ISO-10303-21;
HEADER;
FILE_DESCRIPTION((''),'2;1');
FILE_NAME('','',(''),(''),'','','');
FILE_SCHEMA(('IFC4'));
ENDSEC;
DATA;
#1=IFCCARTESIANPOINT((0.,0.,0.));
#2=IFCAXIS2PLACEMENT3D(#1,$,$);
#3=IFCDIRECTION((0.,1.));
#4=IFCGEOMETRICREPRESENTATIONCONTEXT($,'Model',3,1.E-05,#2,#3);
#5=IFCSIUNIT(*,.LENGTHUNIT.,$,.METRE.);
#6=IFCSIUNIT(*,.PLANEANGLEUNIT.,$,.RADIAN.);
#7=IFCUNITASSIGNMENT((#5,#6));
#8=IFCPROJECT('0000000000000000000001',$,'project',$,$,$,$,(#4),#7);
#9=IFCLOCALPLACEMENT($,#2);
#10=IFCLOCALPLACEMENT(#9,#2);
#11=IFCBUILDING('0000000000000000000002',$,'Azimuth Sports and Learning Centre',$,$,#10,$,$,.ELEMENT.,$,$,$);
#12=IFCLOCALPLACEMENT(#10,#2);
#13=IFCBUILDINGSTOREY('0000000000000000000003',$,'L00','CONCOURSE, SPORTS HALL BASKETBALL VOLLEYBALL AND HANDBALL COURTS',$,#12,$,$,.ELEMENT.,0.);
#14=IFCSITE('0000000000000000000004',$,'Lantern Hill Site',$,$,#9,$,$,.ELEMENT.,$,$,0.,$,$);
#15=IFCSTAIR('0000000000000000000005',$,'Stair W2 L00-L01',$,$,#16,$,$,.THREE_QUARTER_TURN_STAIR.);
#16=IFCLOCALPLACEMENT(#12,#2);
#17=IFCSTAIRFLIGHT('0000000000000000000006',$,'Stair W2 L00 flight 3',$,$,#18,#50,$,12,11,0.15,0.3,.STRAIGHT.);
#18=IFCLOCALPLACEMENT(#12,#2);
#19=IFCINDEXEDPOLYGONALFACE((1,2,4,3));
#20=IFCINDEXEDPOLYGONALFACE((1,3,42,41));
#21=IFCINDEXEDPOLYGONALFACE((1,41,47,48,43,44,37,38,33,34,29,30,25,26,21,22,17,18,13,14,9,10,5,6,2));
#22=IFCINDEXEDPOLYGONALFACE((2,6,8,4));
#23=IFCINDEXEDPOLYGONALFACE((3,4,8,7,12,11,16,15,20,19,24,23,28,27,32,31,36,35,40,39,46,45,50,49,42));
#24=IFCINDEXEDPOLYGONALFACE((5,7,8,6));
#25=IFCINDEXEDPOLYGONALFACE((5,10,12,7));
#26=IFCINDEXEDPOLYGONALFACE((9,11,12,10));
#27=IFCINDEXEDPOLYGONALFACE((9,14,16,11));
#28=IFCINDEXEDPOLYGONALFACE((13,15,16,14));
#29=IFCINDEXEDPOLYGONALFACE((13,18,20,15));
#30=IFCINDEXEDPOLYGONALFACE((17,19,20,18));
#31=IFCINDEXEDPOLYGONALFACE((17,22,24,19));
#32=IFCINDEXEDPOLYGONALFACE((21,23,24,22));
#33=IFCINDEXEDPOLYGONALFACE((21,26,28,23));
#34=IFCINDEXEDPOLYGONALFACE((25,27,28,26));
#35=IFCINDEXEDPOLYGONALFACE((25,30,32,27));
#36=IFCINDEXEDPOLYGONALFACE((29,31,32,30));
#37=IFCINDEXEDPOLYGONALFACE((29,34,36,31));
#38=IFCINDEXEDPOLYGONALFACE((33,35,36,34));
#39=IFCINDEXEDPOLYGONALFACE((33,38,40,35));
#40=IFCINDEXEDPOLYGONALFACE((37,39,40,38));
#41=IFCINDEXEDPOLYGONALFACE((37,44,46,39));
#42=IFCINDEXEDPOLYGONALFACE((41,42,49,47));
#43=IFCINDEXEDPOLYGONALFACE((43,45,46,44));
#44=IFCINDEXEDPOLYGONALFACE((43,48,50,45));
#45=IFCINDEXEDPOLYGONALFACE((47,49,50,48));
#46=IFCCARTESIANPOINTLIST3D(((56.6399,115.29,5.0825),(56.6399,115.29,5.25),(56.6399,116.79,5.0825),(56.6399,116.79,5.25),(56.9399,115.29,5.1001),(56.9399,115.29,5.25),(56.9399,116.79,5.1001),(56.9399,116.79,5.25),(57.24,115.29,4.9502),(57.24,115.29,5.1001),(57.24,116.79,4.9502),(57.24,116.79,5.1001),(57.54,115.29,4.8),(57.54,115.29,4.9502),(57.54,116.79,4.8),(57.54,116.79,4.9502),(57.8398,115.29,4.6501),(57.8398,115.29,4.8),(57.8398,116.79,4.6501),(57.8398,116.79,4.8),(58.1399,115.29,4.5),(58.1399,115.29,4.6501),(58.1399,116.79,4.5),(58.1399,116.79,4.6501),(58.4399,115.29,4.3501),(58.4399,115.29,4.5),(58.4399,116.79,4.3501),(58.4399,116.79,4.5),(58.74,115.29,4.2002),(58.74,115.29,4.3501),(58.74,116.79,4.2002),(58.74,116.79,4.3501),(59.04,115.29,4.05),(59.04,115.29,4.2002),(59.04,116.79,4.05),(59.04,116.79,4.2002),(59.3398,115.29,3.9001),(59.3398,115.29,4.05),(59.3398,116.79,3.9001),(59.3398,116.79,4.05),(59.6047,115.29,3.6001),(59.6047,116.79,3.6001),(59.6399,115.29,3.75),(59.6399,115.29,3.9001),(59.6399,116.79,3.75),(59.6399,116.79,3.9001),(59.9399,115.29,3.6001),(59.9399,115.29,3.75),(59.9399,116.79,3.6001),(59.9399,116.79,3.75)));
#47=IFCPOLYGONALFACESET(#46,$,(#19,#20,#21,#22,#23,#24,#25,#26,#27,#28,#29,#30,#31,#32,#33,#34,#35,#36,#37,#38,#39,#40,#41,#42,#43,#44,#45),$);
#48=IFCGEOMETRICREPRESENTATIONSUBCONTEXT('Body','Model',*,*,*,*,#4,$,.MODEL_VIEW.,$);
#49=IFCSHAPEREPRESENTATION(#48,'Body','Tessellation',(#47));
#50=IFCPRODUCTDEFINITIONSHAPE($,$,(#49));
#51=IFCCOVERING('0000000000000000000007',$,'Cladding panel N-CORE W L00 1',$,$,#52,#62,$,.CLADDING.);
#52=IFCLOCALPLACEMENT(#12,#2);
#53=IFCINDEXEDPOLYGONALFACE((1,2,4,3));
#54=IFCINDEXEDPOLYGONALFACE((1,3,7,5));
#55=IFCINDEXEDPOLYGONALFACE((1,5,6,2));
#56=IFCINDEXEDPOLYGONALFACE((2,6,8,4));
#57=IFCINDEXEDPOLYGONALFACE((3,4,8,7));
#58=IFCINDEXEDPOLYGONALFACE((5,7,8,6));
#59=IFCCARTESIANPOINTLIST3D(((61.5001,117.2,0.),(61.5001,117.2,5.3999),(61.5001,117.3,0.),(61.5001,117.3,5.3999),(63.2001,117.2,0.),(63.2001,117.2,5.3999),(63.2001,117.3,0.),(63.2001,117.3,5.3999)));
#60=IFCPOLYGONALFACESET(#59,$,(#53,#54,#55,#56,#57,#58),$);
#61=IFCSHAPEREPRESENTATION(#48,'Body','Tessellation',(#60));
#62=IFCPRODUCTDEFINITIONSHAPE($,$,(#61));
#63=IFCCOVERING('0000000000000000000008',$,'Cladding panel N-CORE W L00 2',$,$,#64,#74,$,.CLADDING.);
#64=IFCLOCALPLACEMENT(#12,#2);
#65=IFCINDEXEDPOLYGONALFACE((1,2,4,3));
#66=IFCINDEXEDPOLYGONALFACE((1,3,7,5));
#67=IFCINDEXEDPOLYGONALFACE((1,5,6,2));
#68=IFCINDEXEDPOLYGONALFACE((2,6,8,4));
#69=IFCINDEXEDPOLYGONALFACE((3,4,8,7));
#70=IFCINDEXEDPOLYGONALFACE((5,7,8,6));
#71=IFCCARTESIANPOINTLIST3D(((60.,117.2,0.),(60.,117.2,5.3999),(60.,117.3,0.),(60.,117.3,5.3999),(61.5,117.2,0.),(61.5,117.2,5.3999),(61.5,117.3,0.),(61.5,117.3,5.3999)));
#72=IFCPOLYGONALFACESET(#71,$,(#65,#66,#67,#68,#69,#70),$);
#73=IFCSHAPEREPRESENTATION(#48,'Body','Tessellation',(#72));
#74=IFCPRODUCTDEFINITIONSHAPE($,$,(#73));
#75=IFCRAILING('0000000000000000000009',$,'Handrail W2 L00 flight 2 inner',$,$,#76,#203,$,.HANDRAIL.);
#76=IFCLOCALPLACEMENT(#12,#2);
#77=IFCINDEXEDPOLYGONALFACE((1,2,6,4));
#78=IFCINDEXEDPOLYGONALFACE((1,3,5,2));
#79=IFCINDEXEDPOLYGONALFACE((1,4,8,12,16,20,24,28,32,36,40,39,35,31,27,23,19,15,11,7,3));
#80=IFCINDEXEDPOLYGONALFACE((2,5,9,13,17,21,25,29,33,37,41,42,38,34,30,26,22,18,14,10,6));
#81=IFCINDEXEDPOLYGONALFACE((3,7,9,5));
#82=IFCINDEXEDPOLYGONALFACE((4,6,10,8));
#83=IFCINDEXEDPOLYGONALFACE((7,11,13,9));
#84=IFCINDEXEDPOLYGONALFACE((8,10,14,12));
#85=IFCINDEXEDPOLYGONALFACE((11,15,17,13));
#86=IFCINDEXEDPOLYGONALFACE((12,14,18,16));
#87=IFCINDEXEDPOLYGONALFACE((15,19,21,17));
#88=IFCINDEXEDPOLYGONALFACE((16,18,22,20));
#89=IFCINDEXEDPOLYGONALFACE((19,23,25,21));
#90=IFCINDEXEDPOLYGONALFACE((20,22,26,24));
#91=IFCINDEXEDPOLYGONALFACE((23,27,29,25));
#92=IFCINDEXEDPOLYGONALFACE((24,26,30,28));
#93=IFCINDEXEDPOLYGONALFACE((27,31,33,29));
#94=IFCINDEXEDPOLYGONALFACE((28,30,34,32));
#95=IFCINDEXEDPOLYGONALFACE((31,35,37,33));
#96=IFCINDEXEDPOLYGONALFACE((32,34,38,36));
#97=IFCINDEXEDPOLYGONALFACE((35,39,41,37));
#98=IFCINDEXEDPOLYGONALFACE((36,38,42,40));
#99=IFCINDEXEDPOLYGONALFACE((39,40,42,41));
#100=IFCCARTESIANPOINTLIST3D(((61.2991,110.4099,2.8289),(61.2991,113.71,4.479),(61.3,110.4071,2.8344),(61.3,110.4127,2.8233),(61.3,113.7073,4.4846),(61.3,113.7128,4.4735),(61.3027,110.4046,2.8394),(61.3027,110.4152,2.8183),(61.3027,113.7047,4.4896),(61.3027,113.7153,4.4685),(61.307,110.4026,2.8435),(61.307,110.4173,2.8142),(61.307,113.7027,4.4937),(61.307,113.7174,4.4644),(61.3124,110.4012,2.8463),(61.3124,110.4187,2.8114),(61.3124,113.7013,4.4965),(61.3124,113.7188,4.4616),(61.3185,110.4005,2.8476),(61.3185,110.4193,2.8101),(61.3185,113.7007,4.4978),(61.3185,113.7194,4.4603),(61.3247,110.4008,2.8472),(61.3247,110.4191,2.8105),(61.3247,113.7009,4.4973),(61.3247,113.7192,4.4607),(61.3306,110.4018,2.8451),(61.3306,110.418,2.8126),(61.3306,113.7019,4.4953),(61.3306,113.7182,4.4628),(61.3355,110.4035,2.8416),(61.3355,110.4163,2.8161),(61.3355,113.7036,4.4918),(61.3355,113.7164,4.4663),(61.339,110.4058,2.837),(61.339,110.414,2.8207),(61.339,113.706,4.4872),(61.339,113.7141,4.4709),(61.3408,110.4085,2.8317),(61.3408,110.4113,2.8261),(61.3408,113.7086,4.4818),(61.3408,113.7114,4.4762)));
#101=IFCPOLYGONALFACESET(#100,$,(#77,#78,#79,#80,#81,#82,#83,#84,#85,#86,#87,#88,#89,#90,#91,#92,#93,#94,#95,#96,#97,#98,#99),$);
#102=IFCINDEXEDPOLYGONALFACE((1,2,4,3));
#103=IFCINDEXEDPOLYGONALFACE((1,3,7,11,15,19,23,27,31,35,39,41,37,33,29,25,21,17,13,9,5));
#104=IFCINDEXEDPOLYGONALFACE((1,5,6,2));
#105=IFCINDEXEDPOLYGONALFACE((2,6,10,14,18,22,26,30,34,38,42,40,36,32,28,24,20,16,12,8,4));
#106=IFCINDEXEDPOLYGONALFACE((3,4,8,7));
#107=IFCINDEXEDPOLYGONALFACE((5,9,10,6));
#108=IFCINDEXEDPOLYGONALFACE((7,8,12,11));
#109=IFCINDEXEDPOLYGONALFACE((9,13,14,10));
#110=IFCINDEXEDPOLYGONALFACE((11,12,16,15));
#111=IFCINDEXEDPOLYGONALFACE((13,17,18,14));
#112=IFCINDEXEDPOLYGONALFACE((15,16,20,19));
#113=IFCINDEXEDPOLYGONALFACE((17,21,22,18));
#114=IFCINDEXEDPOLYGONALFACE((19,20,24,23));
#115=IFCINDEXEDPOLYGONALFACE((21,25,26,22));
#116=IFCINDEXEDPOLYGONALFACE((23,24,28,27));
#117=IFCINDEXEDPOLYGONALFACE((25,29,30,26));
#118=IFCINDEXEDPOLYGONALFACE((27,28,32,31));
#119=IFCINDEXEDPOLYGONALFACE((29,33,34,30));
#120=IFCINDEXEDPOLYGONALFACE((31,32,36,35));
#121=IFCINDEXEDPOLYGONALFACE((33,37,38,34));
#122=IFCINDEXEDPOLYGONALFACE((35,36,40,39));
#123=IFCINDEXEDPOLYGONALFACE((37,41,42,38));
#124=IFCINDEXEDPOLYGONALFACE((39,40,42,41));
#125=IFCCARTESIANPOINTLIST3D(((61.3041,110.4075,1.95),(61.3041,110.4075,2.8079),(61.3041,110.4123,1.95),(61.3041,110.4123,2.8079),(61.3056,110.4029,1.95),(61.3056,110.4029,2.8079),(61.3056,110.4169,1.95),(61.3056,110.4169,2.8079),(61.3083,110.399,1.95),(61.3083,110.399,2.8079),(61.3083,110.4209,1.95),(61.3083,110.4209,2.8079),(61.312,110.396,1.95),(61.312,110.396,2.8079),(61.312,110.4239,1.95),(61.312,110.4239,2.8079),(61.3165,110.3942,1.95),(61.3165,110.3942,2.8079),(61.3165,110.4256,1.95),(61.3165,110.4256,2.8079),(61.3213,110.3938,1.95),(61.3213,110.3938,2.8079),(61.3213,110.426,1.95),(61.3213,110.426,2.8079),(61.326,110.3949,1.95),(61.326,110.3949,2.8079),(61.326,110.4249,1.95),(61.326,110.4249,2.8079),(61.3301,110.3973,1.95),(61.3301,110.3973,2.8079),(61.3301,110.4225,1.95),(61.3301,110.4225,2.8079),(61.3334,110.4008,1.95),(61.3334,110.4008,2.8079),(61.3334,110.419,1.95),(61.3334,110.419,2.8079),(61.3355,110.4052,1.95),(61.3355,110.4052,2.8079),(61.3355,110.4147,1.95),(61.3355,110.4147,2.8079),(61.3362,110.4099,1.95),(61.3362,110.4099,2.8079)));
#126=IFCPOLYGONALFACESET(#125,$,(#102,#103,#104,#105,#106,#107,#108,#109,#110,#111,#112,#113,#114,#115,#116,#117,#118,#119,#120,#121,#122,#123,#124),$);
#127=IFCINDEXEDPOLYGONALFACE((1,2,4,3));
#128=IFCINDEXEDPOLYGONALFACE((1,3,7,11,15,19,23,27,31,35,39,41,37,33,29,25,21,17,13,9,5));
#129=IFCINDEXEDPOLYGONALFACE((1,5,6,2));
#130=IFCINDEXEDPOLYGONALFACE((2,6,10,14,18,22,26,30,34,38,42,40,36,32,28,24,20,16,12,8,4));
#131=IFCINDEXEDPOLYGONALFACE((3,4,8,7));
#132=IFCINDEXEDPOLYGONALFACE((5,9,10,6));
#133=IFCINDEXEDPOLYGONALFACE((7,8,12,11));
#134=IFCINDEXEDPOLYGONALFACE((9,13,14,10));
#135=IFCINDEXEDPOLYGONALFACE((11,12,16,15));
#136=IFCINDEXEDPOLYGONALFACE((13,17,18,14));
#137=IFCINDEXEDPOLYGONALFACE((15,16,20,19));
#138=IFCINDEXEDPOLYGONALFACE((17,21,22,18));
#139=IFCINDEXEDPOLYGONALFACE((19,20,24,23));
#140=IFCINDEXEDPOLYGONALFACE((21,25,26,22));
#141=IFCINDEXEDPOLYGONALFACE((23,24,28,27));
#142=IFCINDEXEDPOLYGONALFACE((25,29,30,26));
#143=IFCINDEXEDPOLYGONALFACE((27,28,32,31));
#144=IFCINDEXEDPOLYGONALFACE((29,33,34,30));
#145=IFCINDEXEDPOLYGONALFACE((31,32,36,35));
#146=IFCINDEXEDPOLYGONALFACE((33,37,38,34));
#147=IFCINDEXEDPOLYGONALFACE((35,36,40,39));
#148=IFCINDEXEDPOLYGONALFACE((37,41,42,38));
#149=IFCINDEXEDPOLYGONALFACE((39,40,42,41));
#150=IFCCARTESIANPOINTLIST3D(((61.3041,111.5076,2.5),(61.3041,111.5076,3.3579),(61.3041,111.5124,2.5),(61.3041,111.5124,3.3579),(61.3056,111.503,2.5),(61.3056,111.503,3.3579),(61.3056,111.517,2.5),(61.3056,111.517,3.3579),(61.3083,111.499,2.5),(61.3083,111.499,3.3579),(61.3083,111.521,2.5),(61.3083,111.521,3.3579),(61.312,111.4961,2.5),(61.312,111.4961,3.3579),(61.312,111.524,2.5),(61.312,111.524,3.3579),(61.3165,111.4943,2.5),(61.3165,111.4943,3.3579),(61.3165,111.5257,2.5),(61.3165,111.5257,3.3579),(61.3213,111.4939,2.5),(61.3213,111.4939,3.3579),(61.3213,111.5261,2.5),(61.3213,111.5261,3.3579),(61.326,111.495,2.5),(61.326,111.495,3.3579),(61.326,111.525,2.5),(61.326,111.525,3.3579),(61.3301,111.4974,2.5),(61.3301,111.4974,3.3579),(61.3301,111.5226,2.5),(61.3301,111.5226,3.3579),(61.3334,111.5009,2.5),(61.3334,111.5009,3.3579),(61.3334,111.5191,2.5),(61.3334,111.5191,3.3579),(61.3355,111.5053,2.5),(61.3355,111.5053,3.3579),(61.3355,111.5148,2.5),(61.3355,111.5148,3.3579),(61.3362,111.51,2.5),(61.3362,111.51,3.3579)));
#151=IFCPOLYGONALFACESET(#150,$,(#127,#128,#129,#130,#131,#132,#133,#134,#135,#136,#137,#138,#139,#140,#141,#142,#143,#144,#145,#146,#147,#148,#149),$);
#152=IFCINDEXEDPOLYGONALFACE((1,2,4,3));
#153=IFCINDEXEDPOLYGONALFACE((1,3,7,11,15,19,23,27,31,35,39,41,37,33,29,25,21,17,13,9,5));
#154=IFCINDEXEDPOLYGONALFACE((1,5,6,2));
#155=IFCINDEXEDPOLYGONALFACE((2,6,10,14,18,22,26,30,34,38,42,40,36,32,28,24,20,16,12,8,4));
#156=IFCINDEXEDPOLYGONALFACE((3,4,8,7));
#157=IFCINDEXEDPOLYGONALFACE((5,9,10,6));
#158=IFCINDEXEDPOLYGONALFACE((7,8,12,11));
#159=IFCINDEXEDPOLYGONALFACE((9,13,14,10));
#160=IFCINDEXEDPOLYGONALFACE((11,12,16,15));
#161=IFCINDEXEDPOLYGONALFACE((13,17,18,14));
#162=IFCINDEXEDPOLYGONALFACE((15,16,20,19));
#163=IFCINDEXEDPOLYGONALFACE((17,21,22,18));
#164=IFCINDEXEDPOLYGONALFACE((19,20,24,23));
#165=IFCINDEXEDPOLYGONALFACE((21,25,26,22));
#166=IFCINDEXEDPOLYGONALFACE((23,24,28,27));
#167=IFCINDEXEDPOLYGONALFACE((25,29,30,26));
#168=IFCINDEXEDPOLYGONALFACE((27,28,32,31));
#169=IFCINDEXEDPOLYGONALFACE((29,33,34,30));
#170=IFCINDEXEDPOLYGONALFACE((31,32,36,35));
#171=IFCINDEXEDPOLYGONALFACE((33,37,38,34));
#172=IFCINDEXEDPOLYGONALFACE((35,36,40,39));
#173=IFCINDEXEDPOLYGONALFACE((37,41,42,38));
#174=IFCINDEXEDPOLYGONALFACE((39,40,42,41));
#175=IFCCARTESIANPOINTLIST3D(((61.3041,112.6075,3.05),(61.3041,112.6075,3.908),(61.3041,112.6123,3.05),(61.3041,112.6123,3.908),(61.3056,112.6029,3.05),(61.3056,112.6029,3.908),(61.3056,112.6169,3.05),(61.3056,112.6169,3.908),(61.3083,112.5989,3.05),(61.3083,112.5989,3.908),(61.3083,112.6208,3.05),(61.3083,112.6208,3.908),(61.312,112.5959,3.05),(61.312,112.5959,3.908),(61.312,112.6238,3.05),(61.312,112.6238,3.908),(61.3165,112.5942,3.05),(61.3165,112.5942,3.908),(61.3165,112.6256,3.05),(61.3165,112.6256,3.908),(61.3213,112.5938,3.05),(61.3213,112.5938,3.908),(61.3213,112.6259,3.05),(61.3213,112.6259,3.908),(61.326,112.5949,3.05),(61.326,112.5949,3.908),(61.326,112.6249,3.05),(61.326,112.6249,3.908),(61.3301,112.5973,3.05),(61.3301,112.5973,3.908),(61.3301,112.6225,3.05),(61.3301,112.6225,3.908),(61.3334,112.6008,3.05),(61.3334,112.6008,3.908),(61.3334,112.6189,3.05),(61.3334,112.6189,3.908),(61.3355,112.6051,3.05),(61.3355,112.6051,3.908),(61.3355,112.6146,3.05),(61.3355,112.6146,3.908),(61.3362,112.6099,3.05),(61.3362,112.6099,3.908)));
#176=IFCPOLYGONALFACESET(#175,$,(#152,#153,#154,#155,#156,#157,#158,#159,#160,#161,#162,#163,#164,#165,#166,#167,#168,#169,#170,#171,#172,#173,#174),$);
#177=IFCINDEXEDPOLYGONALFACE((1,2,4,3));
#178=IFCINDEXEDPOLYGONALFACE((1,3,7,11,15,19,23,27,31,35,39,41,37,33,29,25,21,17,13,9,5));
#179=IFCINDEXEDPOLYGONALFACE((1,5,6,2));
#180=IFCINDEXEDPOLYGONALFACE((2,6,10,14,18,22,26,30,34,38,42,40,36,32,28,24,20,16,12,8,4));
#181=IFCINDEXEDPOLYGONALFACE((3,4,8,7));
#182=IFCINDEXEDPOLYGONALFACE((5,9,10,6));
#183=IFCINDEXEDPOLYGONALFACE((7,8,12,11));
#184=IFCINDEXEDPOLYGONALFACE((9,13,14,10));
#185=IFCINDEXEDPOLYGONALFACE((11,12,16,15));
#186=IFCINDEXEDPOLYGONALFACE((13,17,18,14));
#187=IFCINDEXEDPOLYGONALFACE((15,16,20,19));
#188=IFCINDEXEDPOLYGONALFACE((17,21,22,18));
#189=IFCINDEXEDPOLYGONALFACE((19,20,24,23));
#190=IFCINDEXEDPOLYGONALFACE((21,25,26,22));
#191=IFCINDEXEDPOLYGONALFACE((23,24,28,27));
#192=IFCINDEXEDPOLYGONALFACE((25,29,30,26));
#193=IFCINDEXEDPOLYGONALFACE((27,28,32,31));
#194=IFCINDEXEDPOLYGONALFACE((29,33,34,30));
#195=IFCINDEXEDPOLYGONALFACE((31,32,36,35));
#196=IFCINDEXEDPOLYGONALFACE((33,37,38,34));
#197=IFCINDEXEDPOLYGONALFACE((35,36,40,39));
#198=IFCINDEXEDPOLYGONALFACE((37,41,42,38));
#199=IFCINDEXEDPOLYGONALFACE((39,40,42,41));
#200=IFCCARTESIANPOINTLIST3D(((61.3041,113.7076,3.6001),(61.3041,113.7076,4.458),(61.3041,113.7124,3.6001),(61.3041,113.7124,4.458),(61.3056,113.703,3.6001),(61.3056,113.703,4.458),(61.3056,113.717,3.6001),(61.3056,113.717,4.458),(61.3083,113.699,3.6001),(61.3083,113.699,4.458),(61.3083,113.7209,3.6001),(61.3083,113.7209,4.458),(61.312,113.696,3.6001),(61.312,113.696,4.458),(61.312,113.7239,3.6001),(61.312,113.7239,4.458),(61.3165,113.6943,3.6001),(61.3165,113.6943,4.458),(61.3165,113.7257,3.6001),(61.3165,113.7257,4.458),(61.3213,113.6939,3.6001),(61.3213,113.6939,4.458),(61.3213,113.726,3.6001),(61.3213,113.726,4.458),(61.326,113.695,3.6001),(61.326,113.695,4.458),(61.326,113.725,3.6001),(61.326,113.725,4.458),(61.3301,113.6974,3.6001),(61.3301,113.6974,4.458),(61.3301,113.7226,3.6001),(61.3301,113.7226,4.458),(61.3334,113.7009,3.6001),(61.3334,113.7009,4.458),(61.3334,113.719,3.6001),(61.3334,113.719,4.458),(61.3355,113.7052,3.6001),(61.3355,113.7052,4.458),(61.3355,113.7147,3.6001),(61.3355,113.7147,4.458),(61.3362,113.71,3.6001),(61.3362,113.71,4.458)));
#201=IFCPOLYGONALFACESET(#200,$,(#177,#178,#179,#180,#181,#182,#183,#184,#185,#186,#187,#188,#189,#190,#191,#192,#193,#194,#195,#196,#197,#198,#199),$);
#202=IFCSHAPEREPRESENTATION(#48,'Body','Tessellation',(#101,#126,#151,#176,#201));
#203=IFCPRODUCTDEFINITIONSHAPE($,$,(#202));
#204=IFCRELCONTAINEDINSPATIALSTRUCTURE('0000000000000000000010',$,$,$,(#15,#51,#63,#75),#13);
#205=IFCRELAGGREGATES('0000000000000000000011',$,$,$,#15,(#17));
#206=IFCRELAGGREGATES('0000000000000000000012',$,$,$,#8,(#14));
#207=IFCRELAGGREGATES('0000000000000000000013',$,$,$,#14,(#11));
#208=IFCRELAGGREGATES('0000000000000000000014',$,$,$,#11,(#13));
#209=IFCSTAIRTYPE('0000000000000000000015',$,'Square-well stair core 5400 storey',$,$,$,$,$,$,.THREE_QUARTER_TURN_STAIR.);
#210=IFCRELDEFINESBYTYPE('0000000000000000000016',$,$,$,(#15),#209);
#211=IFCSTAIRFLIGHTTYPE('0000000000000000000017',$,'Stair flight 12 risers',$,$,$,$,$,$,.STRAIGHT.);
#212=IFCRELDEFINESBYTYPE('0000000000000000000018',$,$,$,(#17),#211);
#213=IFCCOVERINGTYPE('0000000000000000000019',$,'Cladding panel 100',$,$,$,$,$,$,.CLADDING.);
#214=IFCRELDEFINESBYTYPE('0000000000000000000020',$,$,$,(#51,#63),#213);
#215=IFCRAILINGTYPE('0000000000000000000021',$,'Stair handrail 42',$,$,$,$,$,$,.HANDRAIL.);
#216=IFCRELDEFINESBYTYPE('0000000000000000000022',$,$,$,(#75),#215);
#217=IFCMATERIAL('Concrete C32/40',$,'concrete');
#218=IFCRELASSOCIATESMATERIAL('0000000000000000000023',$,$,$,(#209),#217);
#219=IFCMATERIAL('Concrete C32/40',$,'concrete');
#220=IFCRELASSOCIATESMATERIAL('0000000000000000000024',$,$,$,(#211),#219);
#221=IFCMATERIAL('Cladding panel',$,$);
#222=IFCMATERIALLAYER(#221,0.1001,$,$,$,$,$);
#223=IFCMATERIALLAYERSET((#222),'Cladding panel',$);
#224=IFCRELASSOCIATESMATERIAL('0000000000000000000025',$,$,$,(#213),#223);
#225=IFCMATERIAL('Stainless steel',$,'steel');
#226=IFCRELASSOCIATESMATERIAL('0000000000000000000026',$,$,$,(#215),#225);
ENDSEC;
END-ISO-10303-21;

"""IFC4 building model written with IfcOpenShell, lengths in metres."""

from ifc_helpers import new_model, si_unit, direction, frame, origin, origin_2d, place, context, subcontext, project, spatial, polyline, rectangle, circle, outline, extrude, material, layer, layer_set, type_object, element, aggregate, save


model = new_model("IFC4")

# Units and contexts
model_context = context("Model", 3, precision=1e-05, world=origin(), true_north=direction((0.0, 1.0)))
body_context = subcontext(model_context, "Body", "Model", "MODEL_VIEW")
ifc_project = project(units=[si_unit("LENGTHUNIT", "METRE"), si_unit("PLANEANGLEUNIT", "RADIAN")], contexts=[model_context])

# Site, building, storey
site_placement = place(None, origin())
site = spatial("IfcSite", under=ifc_project, at=site_placement, Name="Lantern Hill Site", CompositionType="ELEMENT", RefElevation=0.0)
building_placement = place(site_placement, origin())
building = spatial("IfcBuilding", under=site, at=building_placement, Name="Azimuth Sports and Learning Centre", CompositionType="ELEMENT")
storey_placement = place(building_placement, origin())
storey = spatial("IfcBuildingStorey", under=building, at=storey_placement, Name="L00", Description="CONCOURSE, SPORTS HALL BASKETBALL VOLLEYBALL AND HANDBALL COURTS", CompositionType="ELEMENT", Elevation=0.0)

# Stair, stair flight
ifc_material_1 = material(Name="Concrete C32/40", Category="concrete")
stair_type = type_object("IfcStairType", Name="Square-well stair core 5400 storey", PredefinedType="THREE_QUARTER_TURN_STAIR", material=ifc_material_1)
stair_placement = place(storey_placement, origin())
stair = element("IfcStair", 1, at=stair_placement, inside=storey, type_object=stair_type, Name="Stair W2 L00-L01", PredefinedType="THREE_QUARTER_TURN_STAIR")
ifc_material_2 = material(Name="Concrete C32/40", Category="concrete")
stair_flight_type = type_object("IfcStairFlightType", Name="Stair flight 12 risers", PredefinedType="STRAIGHT", material=ifc_material_2)
stair_flight_1_placement = place(storey_placement, frame((59.9399, 116.04, 3.6001), z_axis=(0.0, 0.0, 1.0), x_axis=(-1.0, 0.0, 0.0)))
stair_flight_1 = element("IfcStairFlight", 2, at=stair_flight_1_placement, type_object=stair_flight_type, Name="Stair W2 L00 flight 3", NumberOfRisers=12, NumberOfTreads=11, PredefinedType="STRAIGHT", RiserHeight=0.15, TreadLength=0.3, context=body_context, shape_type="SweptSolid", body=[
    extrude(outline(polyline([(0.0, 0.0), (0.0, 0.1499), (0.3, 0.1499), (0.3, 0.3), (0.6001, 0.3), (0.6001, 0.45), (0.8999, 0.45), (0.8999, 0.6001), (1.2, 0.6001), (1.2, 0.75), (1.5, 0.75), (1.5, 0.8999), (1.8, 0.8999), (1.8, 1.05), (2.1001, 1.05), (2.1001, 1.2), (2.3999, 1.2), (2.3999, 1.3501), (2.7, 1.3501), (2.7, 1.5), (3.0, 1.5), (3.0, 1.6499), (3.3, 1.6499), (3.3, 1.8), (3.3, 1.4824), (0.3352, 0.0), (0.0, 0.0)])), frame((0.0, 0.75, 0.0), z_axis=(0.0, -1.0, 0.0), x_axis=(1.0, 0.0, 0.0)), (0.0, 0.0, 1.0), 1.5),
])
aggregate(stair, [stair_flight_1])

# Coverings
ifc_material_3 = material(Name="Cladding panel")
ifc_layer_1 = layer(ifc_material_3, 0.1001)
ifc_layer_set_1 = layer_set([ifc_layer_1], Name="Cladding panel")
covering_type = type_object("IfcCoveringType", Name="Cladding panel 100", PredefinedType="CLADDING", material=ifc_layer_set_1)
covering_1_placement = place(storey_placement, frame((62.3501, 117.25, 0.0), z_axis=(0.0, 0.0, 1.0), x_axis=(-1.0, 0.0, 0.0)))
element("IfcCovering", 3, at=covering_1_placement, inside=storey, type_object=covering_type, Name="Cladding panel N-CORE W L00 1", PredefinedType="CLADDING", context=body_context, shape_type="SweptSolid", body=[
    extrude(rectangle(XDim=1.7, YDim=0.1001, at=origin_2d()), origin(), (0.0, 0.0, 1.0), 5.3999),
])
covering_2_placement = place(storey_placement, frame((60.75, 117.25, 0.0), z_axis=(0.0, 0.0, 1.0), x_axis=(-1.0, 0.0, 0.0)))
element("IfcCovering", 4, at=covering_2_placement, inside=storey, type_object=covering_type, Name="Cladding panel N-CORE W L00 2", PredefinedType="CLADDING", context=body_context, shape_type="SweptSolid", body=[
    extrude(rectangle(XDim=1.5, YDim=0.1001, at=origin_2d()), origin(), (0.0, 0.0, 1.0), 5.3999),
])

# Railing
ifc_material_4 = material(Name="Stainless steel", Category="steel")
railing_type = type_object("IfcRailingType", Name="Stair handrail 42", PredefinedType="HANDRAIL", material=ifc_material_4)
for number, where, name in (
    (5, (61.3201, 110.4099, 1.95), "Handrail W2 L00 flight 2 inner"),
):
    element("IfcRailing", number, at=place(storey_placement, frame(where)), inside=storey, type_object=railing_type, Name=name, PredefinedType="HANDRAIL", context=body_context, shape_type="SweptSolid", body=[
        extrude(circle(Radius=0.021, at=origin_2d()), frame((0.0, 0.0, 0.8789), z_axis=(0.0, 0.894414, 0.44724), x_axis=(-1.0, 0.0, 0.0)), (0.0, 0.0, 1.0), 3.6897),
        extrude(circle(Radius=0.0161, at=origin_2d()), origin(), (0.0, 0.0, 1.0), 0.8579),
        extrude(circle(Radius=0.0161, at=origin_2d()), frame((0.0, 1.1001, 0.55)), (0.0, 0.0, 1.0), 0.8579),
        extrude(circle(Radius=0.0161, at=origin_2d()), frame((0.0, 2.2, 1.1001)), (0.0, 0.0, 1.0), 0.8579),
        extrude(circle(Radius=0.0161, at=origin_2d()), frame((0.0, 3.3, 1.6501)), (0.0, 0.0, 1.0), 0.8579),
    ])

save(model, "model.ifc")
